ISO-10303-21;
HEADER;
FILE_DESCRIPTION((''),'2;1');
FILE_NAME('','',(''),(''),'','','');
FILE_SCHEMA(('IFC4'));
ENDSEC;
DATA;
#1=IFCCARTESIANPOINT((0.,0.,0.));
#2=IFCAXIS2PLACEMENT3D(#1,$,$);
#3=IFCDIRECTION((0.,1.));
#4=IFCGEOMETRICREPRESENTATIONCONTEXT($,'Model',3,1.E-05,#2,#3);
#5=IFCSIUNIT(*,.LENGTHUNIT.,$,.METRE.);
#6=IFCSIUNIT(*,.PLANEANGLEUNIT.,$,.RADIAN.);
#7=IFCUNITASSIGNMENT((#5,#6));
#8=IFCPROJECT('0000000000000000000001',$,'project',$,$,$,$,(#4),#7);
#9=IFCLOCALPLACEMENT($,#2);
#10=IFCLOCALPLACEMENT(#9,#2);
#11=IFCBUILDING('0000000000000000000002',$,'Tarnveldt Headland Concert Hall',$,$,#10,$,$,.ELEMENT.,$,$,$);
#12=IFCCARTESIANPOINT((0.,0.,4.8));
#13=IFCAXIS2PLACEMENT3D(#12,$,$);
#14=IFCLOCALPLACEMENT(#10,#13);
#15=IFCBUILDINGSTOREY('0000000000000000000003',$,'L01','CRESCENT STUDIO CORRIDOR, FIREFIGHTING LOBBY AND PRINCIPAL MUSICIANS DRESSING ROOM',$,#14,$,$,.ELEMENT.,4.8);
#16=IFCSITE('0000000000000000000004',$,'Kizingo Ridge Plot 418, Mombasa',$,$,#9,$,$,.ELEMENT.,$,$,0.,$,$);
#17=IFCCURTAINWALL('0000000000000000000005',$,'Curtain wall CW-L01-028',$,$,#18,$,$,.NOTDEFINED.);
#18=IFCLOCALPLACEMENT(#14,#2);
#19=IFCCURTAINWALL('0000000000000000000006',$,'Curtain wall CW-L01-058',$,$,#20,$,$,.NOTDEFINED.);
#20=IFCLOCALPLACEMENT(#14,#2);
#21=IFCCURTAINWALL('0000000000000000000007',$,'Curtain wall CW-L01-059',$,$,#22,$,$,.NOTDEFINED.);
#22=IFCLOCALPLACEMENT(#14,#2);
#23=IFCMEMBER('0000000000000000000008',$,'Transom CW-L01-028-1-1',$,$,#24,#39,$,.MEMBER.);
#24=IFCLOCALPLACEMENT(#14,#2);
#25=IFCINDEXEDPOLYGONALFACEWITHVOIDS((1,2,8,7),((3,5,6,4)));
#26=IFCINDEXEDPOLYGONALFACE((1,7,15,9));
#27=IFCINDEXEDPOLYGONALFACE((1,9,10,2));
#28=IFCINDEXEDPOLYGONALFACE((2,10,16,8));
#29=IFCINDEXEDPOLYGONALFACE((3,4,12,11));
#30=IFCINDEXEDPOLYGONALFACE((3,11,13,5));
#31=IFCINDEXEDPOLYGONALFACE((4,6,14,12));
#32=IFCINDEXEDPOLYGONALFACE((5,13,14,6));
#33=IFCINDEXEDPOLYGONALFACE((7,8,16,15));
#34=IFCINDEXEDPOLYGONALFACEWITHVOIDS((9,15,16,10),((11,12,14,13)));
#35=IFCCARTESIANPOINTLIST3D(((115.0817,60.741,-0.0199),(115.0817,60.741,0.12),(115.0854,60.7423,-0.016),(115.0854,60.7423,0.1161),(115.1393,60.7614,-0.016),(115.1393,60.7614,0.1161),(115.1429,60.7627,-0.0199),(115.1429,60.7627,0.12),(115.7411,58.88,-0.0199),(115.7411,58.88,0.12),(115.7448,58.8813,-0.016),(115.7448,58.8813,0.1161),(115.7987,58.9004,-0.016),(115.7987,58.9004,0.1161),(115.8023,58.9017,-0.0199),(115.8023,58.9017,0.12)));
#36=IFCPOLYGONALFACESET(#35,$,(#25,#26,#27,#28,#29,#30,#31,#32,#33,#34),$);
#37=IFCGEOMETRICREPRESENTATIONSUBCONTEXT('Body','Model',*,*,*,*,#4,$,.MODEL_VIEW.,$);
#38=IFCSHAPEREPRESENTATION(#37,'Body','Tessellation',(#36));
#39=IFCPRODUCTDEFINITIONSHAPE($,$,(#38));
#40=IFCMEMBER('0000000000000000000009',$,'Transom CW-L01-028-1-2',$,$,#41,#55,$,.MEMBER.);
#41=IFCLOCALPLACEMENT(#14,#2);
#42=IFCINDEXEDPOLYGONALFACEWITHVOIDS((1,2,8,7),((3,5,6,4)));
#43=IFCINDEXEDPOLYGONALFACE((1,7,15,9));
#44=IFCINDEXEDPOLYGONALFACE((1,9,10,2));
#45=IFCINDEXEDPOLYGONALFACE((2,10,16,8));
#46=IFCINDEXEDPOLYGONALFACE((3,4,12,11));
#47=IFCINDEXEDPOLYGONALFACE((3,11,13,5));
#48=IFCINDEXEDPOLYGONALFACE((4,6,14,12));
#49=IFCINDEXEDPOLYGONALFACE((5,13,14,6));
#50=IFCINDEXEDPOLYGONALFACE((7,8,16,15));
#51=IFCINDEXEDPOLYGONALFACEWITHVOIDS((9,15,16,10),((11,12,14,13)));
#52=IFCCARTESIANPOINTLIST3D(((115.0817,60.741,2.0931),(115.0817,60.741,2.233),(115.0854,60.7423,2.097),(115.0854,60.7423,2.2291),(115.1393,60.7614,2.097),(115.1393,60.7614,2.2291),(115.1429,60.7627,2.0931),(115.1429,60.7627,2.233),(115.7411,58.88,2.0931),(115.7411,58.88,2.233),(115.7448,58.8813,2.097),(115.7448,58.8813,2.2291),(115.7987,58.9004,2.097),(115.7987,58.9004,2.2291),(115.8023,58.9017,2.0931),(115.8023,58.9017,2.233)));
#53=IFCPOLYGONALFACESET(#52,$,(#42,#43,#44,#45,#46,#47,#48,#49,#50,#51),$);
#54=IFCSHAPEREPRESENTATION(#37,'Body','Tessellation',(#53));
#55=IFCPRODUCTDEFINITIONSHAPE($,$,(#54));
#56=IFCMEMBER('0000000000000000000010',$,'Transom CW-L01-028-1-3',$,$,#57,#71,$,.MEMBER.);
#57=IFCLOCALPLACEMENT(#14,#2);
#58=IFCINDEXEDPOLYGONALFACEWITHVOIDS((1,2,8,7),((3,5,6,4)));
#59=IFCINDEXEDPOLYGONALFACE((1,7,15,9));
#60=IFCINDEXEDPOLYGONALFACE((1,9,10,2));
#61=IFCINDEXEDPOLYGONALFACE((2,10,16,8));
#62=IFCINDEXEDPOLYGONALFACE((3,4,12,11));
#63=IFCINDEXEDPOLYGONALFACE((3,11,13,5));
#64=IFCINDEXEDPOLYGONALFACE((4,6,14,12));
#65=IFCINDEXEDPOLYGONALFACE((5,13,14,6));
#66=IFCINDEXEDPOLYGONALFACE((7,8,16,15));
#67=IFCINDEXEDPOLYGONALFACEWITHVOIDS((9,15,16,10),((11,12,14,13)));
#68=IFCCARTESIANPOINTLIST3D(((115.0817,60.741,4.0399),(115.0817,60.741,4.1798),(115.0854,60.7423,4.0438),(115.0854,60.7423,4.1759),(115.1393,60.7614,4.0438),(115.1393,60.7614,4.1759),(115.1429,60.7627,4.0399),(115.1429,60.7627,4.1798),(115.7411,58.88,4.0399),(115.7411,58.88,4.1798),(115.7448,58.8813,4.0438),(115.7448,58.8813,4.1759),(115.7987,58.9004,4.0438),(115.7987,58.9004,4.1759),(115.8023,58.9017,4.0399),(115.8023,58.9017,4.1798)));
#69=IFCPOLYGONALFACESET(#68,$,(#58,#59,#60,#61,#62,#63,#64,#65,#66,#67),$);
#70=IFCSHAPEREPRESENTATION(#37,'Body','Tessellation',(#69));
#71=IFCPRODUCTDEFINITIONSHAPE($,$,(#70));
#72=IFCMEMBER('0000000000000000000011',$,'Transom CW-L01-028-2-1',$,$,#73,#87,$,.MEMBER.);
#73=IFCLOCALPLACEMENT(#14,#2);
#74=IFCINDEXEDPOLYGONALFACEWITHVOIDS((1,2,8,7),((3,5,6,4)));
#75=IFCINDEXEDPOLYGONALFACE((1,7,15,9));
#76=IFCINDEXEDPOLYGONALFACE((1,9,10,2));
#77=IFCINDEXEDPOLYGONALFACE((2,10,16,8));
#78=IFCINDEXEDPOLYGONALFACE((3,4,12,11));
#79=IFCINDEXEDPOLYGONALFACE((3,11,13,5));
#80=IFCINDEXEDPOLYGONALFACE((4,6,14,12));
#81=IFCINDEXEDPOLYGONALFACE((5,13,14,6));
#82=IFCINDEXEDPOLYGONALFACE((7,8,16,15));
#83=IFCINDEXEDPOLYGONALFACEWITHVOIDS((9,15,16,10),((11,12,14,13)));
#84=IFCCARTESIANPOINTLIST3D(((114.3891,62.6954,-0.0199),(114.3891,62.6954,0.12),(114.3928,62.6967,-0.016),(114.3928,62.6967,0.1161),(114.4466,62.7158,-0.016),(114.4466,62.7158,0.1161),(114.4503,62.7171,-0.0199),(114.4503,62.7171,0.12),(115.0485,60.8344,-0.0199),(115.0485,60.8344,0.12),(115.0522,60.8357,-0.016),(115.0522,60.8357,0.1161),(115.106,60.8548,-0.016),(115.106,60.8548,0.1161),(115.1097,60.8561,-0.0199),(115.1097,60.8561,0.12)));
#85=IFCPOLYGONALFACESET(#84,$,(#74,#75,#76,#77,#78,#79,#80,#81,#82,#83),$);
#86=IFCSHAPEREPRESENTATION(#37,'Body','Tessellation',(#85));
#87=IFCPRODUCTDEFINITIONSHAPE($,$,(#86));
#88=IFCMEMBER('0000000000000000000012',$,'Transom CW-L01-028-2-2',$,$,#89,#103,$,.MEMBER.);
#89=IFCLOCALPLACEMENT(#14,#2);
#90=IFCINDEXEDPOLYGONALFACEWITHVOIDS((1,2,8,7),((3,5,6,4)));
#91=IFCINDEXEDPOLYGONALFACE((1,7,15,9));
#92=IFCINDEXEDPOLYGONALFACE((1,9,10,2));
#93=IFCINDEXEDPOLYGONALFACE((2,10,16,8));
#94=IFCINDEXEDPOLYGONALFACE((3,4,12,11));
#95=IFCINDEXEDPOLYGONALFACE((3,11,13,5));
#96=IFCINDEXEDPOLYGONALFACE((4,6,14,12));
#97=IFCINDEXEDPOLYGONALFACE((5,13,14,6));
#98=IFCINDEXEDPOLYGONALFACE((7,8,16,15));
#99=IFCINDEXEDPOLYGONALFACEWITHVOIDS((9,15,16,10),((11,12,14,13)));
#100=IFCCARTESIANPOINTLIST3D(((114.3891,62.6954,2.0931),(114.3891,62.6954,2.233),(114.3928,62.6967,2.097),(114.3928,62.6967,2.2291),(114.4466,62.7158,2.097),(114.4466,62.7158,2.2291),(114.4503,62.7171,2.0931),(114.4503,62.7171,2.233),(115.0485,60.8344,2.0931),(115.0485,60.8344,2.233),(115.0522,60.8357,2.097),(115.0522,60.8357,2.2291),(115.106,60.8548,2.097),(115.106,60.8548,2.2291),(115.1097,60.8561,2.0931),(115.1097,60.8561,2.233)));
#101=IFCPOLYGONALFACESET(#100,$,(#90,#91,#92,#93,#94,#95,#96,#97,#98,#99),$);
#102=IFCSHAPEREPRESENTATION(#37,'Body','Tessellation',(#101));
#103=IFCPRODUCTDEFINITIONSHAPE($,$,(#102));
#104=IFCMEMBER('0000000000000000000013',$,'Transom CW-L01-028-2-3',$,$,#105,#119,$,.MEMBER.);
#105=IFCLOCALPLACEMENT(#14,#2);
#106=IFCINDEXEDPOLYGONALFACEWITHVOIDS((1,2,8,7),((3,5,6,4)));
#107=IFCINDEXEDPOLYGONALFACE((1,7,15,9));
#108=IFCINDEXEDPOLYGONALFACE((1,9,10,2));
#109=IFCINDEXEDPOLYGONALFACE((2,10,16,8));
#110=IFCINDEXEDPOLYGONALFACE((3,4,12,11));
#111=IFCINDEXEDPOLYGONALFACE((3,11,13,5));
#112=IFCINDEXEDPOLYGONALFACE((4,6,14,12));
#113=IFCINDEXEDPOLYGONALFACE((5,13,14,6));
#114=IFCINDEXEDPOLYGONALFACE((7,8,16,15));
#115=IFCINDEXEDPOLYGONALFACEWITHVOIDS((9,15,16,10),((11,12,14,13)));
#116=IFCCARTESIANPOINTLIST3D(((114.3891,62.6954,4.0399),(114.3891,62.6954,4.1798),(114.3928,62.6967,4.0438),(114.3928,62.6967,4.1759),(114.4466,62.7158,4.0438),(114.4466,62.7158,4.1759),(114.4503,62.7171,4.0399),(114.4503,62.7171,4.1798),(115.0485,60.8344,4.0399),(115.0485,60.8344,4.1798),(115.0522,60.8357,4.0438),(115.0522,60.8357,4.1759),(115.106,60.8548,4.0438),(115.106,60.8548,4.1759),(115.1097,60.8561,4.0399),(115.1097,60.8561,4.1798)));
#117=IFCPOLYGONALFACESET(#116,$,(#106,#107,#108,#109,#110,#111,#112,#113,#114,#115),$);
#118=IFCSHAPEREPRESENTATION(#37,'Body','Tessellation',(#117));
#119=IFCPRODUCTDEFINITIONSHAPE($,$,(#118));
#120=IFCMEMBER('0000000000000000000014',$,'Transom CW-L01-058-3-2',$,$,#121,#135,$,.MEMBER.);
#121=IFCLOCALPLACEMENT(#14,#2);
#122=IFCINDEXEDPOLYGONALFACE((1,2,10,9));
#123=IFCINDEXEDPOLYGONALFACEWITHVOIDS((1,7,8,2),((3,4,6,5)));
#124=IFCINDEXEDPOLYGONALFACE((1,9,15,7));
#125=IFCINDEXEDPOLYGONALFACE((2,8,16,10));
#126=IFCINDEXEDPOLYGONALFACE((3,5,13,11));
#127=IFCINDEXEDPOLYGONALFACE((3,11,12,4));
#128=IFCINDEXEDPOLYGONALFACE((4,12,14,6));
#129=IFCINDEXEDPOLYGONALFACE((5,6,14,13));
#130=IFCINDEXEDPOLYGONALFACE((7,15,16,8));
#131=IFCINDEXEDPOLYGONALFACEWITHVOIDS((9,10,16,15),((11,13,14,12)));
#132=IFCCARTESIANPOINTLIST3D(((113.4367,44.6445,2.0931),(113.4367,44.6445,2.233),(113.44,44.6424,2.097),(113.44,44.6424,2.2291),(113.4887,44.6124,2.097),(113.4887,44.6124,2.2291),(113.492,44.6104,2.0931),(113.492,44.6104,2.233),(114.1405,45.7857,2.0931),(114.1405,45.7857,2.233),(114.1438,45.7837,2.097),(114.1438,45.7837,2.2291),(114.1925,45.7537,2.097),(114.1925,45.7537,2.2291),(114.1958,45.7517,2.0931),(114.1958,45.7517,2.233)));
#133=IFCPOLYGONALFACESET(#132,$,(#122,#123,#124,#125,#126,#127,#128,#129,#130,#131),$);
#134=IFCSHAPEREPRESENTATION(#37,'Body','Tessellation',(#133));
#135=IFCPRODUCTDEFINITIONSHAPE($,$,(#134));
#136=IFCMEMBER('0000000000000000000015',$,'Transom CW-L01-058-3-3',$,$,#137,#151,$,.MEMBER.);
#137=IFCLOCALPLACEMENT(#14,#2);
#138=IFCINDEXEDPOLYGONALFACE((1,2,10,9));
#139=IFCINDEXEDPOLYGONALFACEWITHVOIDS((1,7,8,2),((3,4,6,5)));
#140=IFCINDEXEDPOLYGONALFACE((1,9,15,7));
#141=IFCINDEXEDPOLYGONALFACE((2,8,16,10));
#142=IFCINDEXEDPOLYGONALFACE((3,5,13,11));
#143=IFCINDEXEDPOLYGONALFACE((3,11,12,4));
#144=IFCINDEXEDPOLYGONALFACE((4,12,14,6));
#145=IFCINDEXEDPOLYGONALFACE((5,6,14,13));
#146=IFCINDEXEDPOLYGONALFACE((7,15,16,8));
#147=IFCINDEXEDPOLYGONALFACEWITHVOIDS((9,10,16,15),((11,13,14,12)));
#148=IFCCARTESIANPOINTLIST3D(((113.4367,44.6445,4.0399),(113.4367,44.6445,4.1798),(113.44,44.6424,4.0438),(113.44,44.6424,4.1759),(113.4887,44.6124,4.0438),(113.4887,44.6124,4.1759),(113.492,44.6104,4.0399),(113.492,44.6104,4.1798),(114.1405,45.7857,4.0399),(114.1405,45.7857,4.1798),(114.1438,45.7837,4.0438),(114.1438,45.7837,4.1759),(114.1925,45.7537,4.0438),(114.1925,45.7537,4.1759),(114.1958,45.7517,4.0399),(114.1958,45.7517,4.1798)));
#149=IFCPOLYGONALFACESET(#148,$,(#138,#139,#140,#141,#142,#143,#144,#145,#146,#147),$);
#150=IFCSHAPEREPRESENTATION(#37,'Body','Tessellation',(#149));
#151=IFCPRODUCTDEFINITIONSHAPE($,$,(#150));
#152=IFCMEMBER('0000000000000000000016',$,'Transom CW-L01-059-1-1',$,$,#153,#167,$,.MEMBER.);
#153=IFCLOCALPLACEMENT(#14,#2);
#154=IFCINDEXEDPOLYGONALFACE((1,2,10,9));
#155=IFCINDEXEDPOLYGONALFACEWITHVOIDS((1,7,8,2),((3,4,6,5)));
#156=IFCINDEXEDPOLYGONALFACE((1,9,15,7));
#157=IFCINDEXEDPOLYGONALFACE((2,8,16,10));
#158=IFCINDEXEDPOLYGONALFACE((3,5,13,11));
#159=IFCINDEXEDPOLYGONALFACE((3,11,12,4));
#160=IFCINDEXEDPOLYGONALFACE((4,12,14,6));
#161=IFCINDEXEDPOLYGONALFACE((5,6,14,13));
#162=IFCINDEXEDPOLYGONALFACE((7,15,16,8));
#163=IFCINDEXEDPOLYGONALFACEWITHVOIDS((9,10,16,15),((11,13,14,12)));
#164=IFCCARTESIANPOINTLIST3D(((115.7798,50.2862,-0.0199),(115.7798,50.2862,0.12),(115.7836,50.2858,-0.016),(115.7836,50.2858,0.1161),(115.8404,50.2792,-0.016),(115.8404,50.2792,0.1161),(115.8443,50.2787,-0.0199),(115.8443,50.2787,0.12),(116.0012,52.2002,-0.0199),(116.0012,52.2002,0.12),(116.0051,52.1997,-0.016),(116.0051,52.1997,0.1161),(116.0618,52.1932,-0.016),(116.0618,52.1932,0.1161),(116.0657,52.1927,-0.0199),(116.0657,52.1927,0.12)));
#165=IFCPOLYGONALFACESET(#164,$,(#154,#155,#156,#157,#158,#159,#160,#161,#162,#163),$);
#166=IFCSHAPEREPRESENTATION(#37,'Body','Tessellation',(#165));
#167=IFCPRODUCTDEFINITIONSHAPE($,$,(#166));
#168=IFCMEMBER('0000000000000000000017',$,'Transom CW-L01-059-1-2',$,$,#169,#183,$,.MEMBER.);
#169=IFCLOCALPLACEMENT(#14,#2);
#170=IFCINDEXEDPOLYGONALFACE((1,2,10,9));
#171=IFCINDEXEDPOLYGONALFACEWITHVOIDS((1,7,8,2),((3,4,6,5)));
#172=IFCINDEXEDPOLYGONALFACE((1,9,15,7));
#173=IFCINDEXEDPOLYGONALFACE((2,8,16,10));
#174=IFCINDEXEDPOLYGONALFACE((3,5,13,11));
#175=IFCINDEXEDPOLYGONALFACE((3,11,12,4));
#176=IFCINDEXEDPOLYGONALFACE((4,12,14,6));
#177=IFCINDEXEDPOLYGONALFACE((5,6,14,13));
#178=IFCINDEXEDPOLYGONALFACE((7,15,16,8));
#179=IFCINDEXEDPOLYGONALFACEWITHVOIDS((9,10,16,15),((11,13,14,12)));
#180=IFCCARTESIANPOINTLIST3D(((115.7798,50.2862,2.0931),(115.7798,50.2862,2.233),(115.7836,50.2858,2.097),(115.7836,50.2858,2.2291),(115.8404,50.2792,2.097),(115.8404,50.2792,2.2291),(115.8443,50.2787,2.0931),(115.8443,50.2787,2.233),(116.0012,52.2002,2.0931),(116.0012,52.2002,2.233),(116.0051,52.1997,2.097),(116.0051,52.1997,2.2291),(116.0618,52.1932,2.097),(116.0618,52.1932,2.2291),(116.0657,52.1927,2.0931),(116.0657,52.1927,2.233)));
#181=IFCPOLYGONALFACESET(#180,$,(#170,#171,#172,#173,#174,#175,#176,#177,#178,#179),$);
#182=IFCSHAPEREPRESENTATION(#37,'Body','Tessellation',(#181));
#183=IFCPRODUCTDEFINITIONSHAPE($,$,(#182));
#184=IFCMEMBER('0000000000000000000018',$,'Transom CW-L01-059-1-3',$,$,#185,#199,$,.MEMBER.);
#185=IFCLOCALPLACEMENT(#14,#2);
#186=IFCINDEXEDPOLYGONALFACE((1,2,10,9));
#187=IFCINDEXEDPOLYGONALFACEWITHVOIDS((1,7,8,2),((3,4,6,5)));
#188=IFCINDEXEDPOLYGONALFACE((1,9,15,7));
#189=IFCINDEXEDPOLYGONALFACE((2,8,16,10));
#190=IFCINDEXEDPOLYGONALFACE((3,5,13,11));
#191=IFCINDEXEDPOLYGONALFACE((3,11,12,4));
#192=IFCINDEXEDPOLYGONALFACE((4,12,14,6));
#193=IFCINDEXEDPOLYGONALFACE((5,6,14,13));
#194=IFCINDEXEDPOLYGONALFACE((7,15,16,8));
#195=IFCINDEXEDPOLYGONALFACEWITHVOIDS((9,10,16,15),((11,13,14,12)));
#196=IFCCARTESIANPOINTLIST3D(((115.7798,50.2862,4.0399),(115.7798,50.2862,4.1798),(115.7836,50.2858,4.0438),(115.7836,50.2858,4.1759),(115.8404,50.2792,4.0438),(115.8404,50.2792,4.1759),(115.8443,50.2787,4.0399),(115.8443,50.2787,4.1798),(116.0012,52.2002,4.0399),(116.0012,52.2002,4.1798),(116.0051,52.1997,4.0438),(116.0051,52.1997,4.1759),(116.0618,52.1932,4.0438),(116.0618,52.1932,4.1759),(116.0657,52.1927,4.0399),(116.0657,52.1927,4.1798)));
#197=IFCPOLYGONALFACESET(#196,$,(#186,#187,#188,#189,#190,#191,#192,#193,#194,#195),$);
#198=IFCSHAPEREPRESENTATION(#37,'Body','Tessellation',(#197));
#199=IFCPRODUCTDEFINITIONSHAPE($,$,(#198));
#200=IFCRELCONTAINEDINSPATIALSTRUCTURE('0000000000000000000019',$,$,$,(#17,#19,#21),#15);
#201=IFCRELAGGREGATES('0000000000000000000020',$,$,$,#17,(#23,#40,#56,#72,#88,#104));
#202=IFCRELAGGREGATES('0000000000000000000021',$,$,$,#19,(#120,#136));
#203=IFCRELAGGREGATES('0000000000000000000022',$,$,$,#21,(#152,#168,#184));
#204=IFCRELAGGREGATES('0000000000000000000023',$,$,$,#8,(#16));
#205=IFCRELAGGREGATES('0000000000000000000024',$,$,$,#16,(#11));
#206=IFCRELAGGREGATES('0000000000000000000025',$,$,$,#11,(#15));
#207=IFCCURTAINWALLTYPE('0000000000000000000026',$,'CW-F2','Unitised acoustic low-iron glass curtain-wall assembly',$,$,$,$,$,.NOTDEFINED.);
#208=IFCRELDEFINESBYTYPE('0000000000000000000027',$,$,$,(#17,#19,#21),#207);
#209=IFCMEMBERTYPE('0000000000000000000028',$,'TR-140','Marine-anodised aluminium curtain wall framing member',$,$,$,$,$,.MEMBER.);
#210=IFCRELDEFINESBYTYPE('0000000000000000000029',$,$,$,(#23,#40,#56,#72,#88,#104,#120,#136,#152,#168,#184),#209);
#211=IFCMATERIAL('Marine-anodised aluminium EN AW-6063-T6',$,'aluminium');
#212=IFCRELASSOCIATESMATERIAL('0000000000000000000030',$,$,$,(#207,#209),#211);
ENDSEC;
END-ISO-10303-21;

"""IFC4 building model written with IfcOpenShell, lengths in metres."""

from ifc_helpers import new_model, si_unit, direction, frame, origin, origin_2d, place, context, subcontext, project, spatial, hollow_rectangle, extrude, material, material_profile, profile_set, type_object, element, aggregate, save


model = new_model("IFC4")

# Units and contexts
model_context = context("Model", 3, precision=1e-05, world=origin(), true_north=direction((0.0, 1.0)))
body_context = subcontext(model_context, "Body", "Model", "MODEL_VIEW")
ifc_project = project(units=[si_unit("LENGTHUNIT", "METRE"), si_unit("PLANEANGLEUNIT", "RADIAN")], contexts=[model_context])

# Site, building, storey
site_placement = place(None, origin())
site = spatial("IfcSite", under=ifc_project, at=site_placement, Name="Kizingo Ridge Plot 418, Mombasa", CompositionType="ELEMENT", RefElevation=0.0)
building_placement = place(site_placement, origin())
building = spatial("IfcBuilding", under=site, at=building_placement, Name="Tarnveldt Headland Concert Hall", CompositionType="ELEMENT")
storey_placement = place(building_placement, frame((0.0, 0.0, 4.8)))
storey = spatial("IfcBuildingStorey", under=building, at=storey_placement, Name="L01", Description="CRESCENT STUDIO CORRIDOR, FIREFIGHTING LOBBY AND PRINCIPAL MUSICIANS DRESSING ROOM", CompositionType="ELEMENT", Elevation=4.8)

# Shared definitions
ifc_material_1 = material(Name="Marine-anodised aluminium EN AW-6063-T6", Category="aluminium")
curtain_wall_type = type_object("IfcCurtainWallType", Name="CW-F2", Description="Unitised acoustic low-iron glass curtain-wall assembly", PredefinedType="NOTDEFINED", material=ifc_material_1)

# Curtain wall
curtain_wall_1_placement = place(storey_placement, origin())
curtain_wall_1 = element("IfcCurtainWall", 1, at=curtain_wall_1_placement, inside=storey, type_object=curtain_wall_type, Name="Curtain wall CW-L01-028", PredefinedType="NOTDEFINED")

# Curtain walls
curtain_wall_2_placement = place(storey_placement, origin())
curtain_wall_2 = element("IfcCurtainWall", 2, at=curtain_wall_2_placement, inside=storey, type_object=curtain_wall_type, Name="Curtain wall CW-L01-058", PredefinedType="NOTDEFINED")
curtain_wall_3_placement = place(storey_placement, origin())
curtain_wall_3 = element("IfcCurtainWall", 3, at=curtain_wall_3_placement, inside=storey, type_object=curtain_wall_type, Name="Curtain wall CW-L01-059", PredefinedType="NOTDEFINED")

# Members
ifc_material_profile_1 = material_profile(ifc_material_1, hollow_rectangle(XDim=0.0649, YDim=0.1399, WallThickness=0.0039, at=origin_2d()), Name="ALU TRANSOM 65x140x4", Category="aluminium")
ifc_profile_set_1 = profile_set([ifc_material_profile_1], Name="Marine-anodised aluminium EN AW-6063-T6")
member_type_1 = type_object("IfcMemberType", Name="TR-140", Description="Marine-anodised aluminium curtain wall framing member", PredefinedType="MEMBER", material=ifc_profile_set_1)
member_1_placement = place(storey_placement, frame((115.7717, 58.8909, 0.05), z_axis=(-0.333978, 0.942581, 0.0), x_axis=(-0.942581, -0.333978, 0.0)))
member_1 = element("IfcMember", 4, at=member_1_placement, type_object=member_type_1, Name="Transom CW-L01-028-1-1", PredefinedType="MEMBER", context=body_context, shape_type="SweptSolid", body=[
    extrude(hollow_rectangle(XDim=0.0649, YDim=0.1399, WallThickness=0.0039, at=origin_2d()), origin(), (0.0, 0.0, 1.0), 1.9744),
])
member_2_placement = place(storey_placement, frame((115.7717, 58.8909, 2.1631), z_axis=(-0.333978, 0.942581, 0.0), x_axis=(-0.942581, -0.333978, 0.0)))
member_2 = element("IfcMember", 5, at=member_2_placement, type_object=member_type_1, Name="Transom CW-L01-028-1-2", PredefinedType="MEMBER", context=body_context, shape_type="SweptSolid", body=[
    extrude(hollow_rectangle(XDim=0.0649, YDim=0.1399, WallThickness=0.0039, at=origin_2d()), origin(), (0.0, 0.0, 1.0), 1.9744),
])
member_3_placement = place(storey_placement, frame((115.7717, 58.8909, 4.1099), z_axis=(-0.333978, 0.942581, 0.0), x_axis=(-0.942581, -0.333978, 0.0)))
member_3 = element("IfcMember", 6, at=member_3_placement, type_object=member_type_1, Name="Transom CW-L01-028-1-3", PredefinedType="MEMBER", context=body_context, shape_type="SweptSolid", body=[
    extrude(hollow_rectangle(XDim=0.0649, YDim=0.1399, WallThickness=0.0039, at=origin_2d()), origin(), (0.0, 0.0, 1.0), 1.9744),
])
member_4_placement = place(storey_placement, frame((115.0791, 60.8452, 0.05), z_axis=(-0.333978, 0.942581, 0.0), x_axis=(-0.942581, -0.333978, 0.0)))
member_4 = element("IfcMember", 7, at=member_4_placement, type_object=member_type_1, Name="Transom CW-L01-028-2-1", PredefinedType="MEMBER", context=body_context, shape_type="SweptSolid", body=[
    extrude(hollow_rectangle(XDim=0.0649, YDim=0.1399, WallThickness=0.0039, at=origin_2d()), origin(), (0.0, 0.0, 1.0), 1.9744),
])
member_5_placement = place(storey_placement, frame((115.0791, 60.8452, 2.1631), z_axis=(-0.333978, 0.942581, 0.0), x_axis=(-0.942581, -0.333978, 0.0)))
member_5 = element("IfcMember", 8, at=member_5_placement, type_object=member_type_1, Name="Transom CW-L01-028-2-2", PredefinedType="MEMBER", context=body_context, shape_type="SweptSolid", body=[
    extrude(hollow_rectangle(XDim=0.0649, YDim=0.1399, WallThickness=0.0039, at=origin_2d()), origin(), (0.0, 0.0, 1.0), 1.9744),
])
member_6_placement = place(storey_placement, frame((115.0791, 60.8452, 4.1099), z_axis=(-0.333978, 0.942581, 0.0), x_axis=(-0.942581, -0.333978, 0.0)))
member_6 = element("IfcMember", 9, at=member_6_placement, type_object=member_type_1, Name="Transom CW-L01-028-2-3", PredefinedType="MEMBER", context=body_context, shape_type="SweptSolid", body=[
    extrude(hollow_rectangle(XDim=0.0649, YDim=0.1399, WallThickness=0.0039, at=origin_2d()), origin(), (0.0, 0.0, 1.0), 1.9744),
])
member_7_placement = place(storey_placement, frame((113.4644, 44.6274, 2.1631), z_axis=(0.5249, 0.851164, 0.0), x_axis=(-0.851164, 0.5249, 0.0)))
member_7 = element("IfcMember", 10, at=member_7_placement, type_object=member_type_1, Name="Transom CW-L01-058-3-2", PredefinedType="MEMBER", context=body_context, shape_type="SweptSolid", body=[
    extrude(hollow_rectangle(XDim=0.0649, YDim=0.1399, WallThickness=0.0039, at=origin_2d()), origin(), (0.0, 0.0, 1.0), 1.3408),
])
member_8_placement = place(storey_placement, frame((113.4644, 44.6274, 4.1099), z_axis=(0.5249, 0.851164, 0.0), x_axis=(-0.851164, 0.5249, 0.0)))
member_8 = element("IfcMember", 11, at=member_8_placement, type_object=member_type_1, Name="Transom CW-L01-058-3-3", PredefinedType="MEMBER", context=body_context, shape_type="SweptSolid", body=[
    extrude(hollow_rectangle(XDim=0.0649, YDim=0.1399, WallThickness=0.0039, at=origin_2d()), origin(), (0.0, 0.0, 1.0), 1.3408),
])
member_9_placement = place(storey_placement, frame((115.812, 50.2825, 0.05), z_axis=(0.114922, 0.993374, 0.0), x_axis=(-0.993374, 0.114922, 0.0)))
member_9 = element("IfcMember", 12, at=member_9_placement, type_object=member_type_1, Name="Transom CW-L01-059-1-1", PredefinedType="MEMBER", context=body_context, shape_type="SweptSolid", body=[
    extrude(hollow_rectangle(XDim=0.0649, YDim=0.1399, WallThickness=0.0039, at=origin_2d()), origin(), (0.0, 0.0, 1.0), 1.9268),
])
member_10_placement = place(storey_placement, frame((115.812, 50.2825, 2.1631), z_axis=(0.114922, 0.993374, 0.0), x_axis=(-0.993374, 0.114922, 0.0)))
member_10 = element("IfcMember", 13, at=member_10_placement, type_object=member_type_1, Name="Transom CW-L01-059-1-2", PredefinedType="MEMBER", context=body_context, shape_type="SweptSolid", body=[
    extrude(hollow_rectangle(XDim=0.0649, YDim=0.1399, WallThickness=0.0039, at=origin_2d()), origin(), (0.0, 0.0, 1.0), 1.9268),
])
member_11_placement = place(storey_placement, frame((115.812, 50.2825, 4.1099), z_axis=(0.114922, 0.993374, 0.0), x_axis=(-0.993374, 0.114922, 0.0)))
member_11 = element("IfcMember", 14, at=member_11_placement, type_object=member_type_1, Name="Transom CW-L01-059-1-3", PredefinedType="MEMBER", context=body_context, shape_type="SweptSolid", body=[
    extrude(hollow_rectangle(XDim=0.0649, YDim=0.1399, WallThickness=0.0039, at=origin_2d()), origin(), (0.0, 0.0, 1.0), 1.9268),
])

aggregate(curtain_wall_1, [member_1, member_2, member_3, member_4, member_5, member_6])
aggregate(curtain_wall_2, [member_7, member_8])
aggregate(curtain_wall_3, [member_9, member_10, member_11])

save(model, "model.ifc")
